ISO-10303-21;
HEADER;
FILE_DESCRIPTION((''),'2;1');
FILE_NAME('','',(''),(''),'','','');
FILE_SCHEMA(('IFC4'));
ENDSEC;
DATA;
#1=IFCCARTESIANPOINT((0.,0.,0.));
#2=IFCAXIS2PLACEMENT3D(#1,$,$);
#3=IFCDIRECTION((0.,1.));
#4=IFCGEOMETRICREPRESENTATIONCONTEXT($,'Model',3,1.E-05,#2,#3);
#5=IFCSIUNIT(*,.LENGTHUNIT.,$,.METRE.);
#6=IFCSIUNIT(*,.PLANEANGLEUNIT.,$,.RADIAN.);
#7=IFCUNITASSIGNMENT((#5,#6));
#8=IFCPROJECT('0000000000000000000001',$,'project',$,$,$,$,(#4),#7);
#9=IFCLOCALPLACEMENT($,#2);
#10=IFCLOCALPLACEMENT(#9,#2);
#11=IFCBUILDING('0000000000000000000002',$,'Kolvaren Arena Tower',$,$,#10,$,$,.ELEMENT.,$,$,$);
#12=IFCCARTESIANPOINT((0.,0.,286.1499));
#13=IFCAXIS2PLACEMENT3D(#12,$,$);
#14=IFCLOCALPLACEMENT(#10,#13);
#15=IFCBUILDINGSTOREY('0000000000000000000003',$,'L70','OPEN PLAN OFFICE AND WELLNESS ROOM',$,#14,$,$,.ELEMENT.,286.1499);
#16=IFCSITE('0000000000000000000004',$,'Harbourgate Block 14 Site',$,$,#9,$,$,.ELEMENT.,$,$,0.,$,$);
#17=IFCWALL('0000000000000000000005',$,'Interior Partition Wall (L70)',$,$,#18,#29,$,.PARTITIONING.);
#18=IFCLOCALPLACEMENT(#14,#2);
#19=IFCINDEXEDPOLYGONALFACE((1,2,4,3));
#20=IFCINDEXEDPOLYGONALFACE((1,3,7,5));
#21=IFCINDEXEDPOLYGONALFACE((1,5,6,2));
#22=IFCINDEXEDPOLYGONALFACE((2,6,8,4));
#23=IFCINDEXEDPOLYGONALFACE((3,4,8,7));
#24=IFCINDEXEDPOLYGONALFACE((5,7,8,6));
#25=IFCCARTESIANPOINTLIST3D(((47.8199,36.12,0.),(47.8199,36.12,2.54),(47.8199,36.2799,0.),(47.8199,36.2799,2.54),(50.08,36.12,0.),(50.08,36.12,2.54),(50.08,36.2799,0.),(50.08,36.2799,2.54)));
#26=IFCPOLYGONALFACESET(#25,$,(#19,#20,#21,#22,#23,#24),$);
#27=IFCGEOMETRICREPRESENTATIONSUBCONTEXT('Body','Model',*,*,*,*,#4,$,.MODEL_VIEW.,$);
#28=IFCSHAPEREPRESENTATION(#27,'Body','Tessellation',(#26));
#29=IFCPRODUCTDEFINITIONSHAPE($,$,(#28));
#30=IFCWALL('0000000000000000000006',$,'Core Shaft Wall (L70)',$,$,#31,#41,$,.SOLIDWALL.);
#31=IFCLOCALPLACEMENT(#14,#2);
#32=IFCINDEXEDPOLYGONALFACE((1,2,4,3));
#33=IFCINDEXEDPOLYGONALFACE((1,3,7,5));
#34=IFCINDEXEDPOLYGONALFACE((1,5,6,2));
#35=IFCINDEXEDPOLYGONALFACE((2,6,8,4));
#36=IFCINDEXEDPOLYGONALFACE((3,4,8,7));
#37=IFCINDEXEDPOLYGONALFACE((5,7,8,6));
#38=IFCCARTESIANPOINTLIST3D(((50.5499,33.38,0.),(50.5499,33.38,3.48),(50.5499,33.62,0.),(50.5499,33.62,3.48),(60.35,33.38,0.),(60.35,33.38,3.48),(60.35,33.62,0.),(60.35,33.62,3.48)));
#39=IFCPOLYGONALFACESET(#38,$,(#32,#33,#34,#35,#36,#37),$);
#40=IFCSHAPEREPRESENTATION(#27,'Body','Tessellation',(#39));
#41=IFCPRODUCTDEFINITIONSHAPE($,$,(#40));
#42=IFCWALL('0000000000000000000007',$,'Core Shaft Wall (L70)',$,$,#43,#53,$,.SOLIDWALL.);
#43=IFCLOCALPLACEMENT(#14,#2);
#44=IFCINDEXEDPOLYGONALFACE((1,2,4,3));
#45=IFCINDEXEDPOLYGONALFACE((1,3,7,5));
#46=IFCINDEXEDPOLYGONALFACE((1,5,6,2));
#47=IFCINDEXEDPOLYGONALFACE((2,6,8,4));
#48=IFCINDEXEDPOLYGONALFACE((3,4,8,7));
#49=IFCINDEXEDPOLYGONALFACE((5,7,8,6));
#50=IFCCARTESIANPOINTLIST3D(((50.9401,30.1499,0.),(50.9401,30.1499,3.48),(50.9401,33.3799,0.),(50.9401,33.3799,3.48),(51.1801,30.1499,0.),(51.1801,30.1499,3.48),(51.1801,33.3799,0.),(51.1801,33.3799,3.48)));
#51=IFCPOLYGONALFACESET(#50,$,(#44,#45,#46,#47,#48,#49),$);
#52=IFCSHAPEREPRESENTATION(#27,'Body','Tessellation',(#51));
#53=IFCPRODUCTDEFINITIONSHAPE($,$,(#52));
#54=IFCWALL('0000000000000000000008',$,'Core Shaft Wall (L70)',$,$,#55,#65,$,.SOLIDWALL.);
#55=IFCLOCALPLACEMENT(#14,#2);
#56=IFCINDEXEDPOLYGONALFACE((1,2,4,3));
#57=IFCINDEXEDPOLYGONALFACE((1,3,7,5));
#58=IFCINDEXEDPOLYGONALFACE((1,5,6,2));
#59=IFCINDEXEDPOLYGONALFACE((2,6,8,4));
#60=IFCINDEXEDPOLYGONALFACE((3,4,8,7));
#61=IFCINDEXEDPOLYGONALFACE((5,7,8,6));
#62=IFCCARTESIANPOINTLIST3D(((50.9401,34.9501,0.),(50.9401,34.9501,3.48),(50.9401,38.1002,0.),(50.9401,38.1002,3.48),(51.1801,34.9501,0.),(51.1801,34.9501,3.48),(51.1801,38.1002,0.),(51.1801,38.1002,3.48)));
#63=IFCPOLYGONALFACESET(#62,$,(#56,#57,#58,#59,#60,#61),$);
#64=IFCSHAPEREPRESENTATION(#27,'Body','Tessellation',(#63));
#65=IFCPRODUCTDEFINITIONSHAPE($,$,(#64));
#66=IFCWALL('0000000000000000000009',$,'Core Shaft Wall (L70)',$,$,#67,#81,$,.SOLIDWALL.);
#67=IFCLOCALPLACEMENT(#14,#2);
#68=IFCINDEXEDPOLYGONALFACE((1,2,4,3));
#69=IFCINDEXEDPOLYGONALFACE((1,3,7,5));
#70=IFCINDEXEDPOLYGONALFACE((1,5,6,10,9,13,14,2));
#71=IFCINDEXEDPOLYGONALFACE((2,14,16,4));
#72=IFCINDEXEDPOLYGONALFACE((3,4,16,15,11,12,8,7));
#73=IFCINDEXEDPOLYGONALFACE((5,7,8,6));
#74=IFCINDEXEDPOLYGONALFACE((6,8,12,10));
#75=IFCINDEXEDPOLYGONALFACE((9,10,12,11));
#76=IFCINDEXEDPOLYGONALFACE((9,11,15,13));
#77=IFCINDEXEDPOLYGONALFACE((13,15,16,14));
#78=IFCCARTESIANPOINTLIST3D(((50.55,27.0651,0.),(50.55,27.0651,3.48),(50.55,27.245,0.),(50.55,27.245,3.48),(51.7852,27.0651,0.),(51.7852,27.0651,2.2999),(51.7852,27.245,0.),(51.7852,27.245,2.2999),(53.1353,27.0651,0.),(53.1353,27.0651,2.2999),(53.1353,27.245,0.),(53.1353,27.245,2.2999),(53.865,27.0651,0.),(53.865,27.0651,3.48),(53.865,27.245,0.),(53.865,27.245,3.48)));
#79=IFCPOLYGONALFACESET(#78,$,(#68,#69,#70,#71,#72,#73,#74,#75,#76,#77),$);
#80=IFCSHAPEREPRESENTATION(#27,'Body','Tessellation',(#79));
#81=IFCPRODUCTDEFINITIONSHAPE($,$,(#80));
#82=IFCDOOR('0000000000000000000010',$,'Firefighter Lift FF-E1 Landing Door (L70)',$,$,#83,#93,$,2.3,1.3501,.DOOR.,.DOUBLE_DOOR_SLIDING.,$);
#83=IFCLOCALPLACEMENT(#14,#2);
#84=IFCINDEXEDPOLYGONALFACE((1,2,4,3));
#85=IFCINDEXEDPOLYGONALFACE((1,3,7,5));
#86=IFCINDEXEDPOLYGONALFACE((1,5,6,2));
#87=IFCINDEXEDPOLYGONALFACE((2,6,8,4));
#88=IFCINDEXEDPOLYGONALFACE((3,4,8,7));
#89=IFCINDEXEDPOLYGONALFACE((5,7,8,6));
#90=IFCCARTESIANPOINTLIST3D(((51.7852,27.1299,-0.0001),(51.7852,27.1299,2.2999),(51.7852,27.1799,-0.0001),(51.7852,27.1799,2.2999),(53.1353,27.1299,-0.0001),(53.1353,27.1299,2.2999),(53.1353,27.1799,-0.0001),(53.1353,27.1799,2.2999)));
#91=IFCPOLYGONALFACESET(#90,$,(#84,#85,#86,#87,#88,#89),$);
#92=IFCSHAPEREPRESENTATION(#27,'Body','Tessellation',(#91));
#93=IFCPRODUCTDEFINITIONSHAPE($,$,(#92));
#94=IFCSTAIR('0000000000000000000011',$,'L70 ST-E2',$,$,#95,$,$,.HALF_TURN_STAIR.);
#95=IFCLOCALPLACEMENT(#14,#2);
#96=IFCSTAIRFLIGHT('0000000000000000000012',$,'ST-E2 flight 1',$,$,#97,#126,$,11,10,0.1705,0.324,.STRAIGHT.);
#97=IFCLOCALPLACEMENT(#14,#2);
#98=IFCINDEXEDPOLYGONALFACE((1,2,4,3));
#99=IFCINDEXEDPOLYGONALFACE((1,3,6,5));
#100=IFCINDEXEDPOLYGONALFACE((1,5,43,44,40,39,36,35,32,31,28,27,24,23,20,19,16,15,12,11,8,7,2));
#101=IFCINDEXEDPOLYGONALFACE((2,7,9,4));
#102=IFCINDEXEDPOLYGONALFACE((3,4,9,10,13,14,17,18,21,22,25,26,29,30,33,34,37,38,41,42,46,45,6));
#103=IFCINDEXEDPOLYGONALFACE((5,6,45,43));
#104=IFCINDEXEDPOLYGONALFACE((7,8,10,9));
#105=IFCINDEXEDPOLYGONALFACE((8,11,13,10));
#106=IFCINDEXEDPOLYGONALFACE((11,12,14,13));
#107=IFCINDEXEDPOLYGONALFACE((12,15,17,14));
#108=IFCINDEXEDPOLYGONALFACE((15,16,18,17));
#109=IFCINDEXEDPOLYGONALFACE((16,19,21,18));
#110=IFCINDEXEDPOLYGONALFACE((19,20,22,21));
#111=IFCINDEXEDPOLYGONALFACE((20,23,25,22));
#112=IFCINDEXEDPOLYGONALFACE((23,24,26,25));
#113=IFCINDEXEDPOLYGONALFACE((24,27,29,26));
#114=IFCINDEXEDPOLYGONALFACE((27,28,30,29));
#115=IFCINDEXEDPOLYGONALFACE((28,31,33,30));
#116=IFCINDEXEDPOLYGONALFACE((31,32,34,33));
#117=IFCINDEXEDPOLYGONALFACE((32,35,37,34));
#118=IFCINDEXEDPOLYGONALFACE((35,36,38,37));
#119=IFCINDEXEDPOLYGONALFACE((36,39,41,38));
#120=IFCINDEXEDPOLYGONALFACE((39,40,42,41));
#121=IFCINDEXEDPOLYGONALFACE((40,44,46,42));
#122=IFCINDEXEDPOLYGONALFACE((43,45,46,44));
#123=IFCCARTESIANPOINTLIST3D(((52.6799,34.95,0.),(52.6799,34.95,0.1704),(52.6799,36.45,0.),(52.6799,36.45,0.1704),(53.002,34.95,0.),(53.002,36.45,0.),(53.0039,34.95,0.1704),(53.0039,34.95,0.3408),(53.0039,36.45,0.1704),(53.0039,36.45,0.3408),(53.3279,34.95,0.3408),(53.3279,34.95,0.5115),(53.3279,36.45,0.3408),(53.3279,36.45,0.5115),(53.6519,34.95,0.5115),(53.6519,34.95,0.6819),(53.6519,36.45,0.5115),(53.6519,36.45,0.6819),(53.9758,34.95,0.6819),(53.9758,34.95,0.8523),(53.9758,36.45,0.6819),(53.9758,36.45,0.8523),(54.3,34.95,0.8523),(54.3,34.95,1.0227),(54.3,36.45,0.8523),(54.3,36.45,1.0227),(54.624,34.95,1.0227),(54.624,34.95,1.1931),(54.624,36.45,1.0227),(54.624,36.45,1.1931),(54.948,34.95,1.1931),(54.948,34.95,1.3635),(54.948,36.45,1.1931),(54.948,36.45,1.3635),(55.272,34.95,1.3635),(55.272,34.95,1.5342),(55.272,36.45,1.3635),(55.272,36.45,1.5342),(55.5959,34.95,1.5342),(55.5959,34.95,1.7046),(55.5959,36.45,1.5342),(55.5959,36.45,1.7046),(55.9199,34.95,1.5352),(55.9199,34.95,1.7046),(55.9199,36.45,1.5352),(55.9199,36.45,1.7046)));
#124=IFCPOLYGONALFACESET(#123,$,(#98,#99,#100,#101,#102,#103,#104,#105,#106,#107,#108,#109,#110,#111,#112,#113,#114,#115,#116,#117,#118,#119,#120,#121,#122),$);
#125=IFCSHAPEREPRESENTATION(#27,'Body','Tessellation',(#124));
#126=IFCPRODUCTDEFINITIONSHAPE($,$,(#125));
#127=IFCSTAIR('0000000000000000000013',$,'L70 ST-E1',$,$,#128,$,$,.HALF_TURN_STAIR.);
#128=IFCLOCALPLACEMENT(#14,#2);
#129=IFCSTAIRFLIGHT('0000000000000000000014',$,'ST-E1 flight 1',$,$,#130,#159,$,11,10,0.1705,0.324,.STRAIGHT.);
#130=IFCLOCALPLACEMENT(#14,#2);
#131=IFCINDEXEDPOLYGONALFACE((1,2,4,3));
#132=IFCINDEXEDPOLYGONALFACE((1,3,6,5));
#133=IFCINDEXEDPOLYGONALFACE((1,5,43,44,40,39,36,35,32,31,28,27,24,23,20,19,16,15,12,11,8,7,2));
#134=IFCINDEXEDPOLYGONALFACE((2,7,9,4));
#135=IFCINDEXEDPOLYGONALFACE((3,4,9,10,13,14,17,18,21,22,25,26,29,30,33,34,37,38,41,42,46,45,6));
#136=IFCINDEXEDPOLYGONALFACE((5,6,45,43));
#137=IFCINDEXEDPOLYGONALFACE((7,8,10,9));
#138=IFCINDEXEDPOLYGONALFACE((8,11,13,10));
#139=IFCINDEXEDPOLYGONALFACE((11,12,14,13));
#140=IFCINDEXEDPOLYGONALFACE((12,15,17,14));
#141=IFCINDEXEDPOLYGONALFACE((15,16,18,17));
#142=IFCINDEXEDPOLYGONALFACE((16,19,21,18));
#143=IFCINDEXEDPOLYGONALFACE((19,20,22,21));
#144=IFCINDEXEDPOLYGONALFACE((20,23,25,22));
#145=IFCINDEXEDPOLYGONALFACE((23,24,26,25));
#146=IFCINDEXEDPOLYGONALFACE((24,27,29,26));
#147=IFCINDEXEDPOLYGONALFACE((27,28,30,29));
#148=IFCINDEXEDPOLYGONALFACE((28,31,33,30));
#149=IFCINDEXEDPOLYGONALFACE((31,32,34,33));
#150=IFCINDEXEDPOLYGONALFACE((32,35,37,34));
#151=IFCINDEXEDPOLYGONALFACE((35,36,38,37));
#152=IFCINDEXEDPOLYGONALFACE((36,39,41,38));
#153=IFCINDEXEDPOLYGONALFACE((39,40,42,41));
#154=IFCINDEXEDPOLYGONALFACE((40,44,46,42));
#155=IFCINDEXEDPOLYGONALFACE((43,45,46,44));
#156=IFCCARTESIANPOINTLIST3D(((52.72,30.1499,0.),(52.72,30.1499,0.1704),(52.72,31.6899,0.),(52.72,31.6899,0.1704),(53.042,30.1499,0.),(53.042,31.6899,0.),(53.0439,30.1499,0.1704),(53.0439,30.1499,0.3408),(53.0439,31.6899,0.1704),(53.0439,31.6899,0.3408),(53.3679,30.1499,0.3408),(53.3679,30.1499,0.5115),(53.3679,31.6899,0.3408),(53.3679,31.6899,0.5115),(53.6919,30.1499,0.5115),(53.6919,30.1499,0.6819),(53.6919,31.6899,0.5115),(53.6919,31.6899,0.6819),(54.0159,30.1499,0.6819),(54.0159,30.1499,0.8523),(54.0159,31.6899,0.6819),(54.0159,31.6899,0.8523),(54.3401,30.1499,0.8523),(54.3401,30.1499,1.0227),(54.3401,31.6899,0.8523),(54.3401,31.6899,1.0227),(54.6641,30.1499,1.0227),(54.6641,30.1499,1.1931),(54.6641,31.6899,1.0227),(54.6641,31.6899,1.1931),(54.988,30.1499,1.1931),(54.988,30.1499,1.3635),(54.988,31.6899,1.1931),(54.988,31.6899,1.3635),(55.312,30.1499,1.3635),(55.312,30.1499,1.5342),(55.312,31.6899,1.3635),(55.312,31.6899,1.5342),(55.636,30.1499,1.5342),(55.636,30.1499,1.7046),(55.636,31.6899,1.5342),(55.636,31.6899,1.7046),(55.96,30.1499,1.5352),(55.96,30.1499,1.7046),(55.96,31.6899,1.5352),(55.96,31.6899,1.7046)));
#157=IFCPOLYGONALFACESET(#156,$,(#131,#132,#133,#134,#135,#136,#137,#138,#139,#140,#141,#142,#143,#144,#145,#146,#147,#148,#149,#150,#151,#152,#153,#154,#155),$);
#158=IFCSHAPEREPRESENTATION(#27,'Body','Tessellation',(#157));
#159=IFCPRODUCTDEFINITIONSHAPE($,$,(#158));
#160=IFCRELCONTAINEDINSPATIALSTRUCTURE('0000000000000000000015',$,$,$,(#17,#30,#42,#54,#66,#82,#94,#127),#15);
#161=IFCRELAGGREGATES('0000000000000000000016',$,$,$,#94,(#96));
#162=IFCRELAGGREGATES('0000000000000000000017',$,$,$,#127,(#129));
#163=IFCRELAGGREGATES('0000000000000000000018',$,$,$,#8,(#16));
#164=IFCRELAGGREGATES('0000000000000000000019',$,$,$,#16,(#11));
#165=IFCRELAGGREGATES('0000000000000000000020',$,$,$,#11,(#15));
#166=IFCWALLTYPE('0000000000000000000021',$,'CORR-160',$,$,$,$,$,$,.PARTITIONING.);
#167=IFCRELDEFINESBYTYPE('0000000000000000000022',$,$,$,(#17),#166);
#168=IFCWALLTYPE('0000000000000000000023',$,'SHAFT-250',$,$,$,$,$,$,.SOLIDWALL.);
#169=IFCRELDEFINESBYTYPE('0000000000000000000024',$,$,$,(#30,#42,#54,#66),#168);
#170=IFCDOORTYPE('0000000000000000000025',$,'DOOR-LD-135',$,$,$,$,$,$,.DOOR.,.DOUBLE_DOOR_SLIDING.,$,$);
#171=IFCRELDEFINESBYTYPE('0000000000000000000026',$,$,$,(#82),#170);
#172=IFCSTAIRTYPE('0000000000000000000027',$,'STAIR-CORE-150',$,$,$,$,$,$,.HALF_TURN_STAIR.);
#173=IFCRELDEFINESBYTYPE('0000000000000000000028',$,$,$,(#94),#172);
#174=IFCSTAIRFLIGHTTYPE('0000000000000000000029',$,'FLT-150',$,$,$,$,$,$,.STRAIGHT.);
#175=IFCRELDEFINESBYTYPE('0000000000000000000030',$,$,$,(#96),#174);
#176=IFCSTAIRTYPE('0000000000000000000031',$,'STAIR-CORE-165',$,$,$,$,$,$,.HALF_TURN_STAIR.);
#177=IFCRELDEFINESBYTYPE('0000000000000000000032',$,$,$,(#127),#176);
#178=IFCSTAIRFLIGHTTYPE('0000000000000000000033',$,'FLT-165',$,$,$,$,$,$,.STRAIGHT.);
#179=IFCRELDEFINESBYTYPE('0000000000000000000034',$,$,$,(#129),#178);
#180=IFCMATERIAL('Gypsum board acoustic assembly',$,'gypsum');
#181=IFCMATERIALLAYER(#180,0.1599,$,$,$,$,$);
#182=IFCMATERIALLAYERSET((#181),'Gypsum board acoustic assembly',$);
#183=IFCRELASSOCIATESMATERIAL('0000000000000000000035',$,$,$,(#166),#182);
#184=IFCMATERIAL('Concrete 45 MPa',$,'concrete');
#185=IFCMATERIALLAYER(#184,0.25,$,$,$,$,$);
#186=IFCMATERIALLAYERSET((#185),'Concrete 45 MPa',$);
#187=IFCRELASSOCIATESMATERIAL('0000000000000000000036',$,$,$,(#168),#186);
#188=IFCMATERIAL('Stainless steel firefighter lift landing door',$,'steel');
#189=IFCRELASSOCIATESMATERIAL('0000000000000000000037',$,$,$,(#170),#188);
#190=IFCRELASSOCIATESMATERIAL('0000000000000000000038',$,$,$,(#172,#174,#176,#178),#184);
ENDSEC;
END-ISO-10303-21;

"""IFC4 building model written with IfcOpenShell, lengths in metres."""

from ifc_helpers import new_model, si_unit, direction, frame, frame_2d, origin, place, context, subcontext, project, spatial, polyline, rectangle, outline, extrude, material, layer, layer_set, type_object, element, fill, aggregate, save


model = new_model("IFC4")

# Units and contexts
model_context = context("Model", 3, precision=1e-05, world=origin(), true_north=direction((0.0, 1.0)))
body_context = subcontext(model_context, "Body", "Model", "MODEL_VIEW")
ifc_project = project(units=[si_unit("LENGTHUNIT", "METRE"), si_unit("PLANEANGLEUNIT", "RADIAN")], contexts=[model_context])

# Site, building, storey
site_placement = place(None, origin())
site = spatial("IfcSite", under=ifc_project, at=site_placement, Name="Harbourgate Block 14 Site", CompositionType="ELEMENT", RefElevation=0.0)
building_placement = place(site_placement, origin())
building = spatial("IfcBuilding", under=site, at=building_placement, Name="Kolvaren Arena Tower", CompositionType="ELEMENT")
storey_placement = place(building_placement, frame((0.0, 0.0, 286.1499)))
storey = spatial("IfcBuildingStorey", under=building, at=storey_placement, Name="L70", Description="OPEN PLAN OFFICE AND WELLNESS ROOM", CompositionType="ELEMENT", Elevation=286.1499)

# Walls
ifc_material_1 = material(Name="Gypsum board acoustic assembly", Category="gypsum")
ifc_layer_1 = layer(ifc_material_1, 0.1599)
ifc_layer_set_1 = layer_set([ifc_layer_1], Name="Gypsum board acoustic assembly")
wall_type_1 = type_object("IfcWallType", Name="CORR-160", PredefinedType="PARTITIONING", material=ifc_layer_set_1)
wall_1_placement = place(storey_placement, frame((47.8201, 36.2, 0.0), z_axis=(0.0, 0.0, 1.0), x_axis=(1.0, 0.0, 0.0)))
element("IfcWall", 1, at=wall_1_placement, inside=storey, type_object=wall_type_1, Name="Interior Partition Wall (L70)", PredefinedType="PARTITIONING", context=body_context, shape_type="SweptSolid", body=[
    extrude(rectangle(XDim=2.26, YDim=0.1599, at=frame_2d((1.1299, 0.0))), origin(), (0.0, 0.0, 1.0), 2.54),
])
ifc_material_2 = material(Name="Concrete 45 MPa", Category="concrete")
ifc_layer_2 = layer(ifc_material_2, 0.25)
ifc_layer_set_2 = layer_set([ifc_layer_2], Name="Concrete 45 MPa")
wall_type_2 = type_object("IfcWallType", Name="SHAFT-250", PredefinedType="SOLIDWALL", material=ifc_layer_set_2)
wall_2_placement = place(storey_placement, frame((50.55, 33.5, 0.0), z_axis=(0.0, 0.0, 1.0), x_axis=(1.0, 0.0, 0.0)))
element("IfcWall", 2, at=wall_2_placement, inside=storey, type_object=wall_type_2, Name="Core Shaft Wall (L70)", PredefinedType="SOLIDWALL", context=body_context, shape_type="SweptSolid", body=[
    extrude(rectangle(XDim=9.8, YDim=0.24, at=frame_2d((4.8999, 0.0))), origin(), (0.0, 0.0, 1.0), 3.48),
])
wall_3_placement = place(storey_placement, frame((51.0601, 30.1499, 0.0), z_axis=(0.0, 0.0, 1.0), x_axis=(0.0, 1.0, 0.0)))
element("IfcWall", 3, at=wall_3_placement, inside=storey, type_object=wall_type_2, Name="Core Shaft Wall (L70)", PredefinedType="SOLIDWALL", context=body_context, shape_type="SweptSolid", body=[
    extrude(rectangle(XDim=3.23, YDim=0.24, at=frame_2d((1.615, 0.0))), origin(), (0.0, 0.0, 1.0), 3.48),
])
wall_4_placement = place(storey_placement, frame((51.0601, 34.95, 0.0), z_axis=(0.0, 0.0, 1.0), x_axis=(0.0, 1.0, 0.0)))
element("IfcWall", 4, at=wall_4_placement, inside=storey, type_object=wall_type_2, Name="Core Shaft Wall (L70)", PredefinedType="SOLIDWALL", context=body_context, shape_type="SweptSolid", body=[
    extrude(rectangle(XDim=3.1501, YDim=0.24, at=frame_2d((1.5752, 0.0))), origin(), (0.0, 0.0, 1.0), 3.48),
])

# Wall, opening, door
wall_5_placement = place(storey_placement, frame((50.55, 27.155, 0.0), z_axis=(0.0, 0.0, 1.0), x_axis=(1.0, 0.0, 0.0)))
wall_5 = element("IfcWall", 5, at=wall_5_placement, inside=storey, type_object=wall_type_2, Name="Core Shaft Wall (L70)", PredefinedType="SOLIDWALL", context=body_context, shape_type="SweptSolid", body=[
    extrude(rectangle(XDim=3.3149, YDim=0.1799, at=frame_2d((1.6575, 0.0))), origin(), (0.0, 0.0, 1.0), 3.48),
])
opening_placement = place(wall_5_placement, frame((1.2351, 0.0, 0.0)))
opening = element("IfcOpeningElement", 6, at=opening_placement, cuts=wall_5, PredefinedType="OPENING", context=body_context, shape_type="SweptSolid", body=[
    extrude(rectangle(XDim=1.3501, YDim=2.3, at=frame_2d((0.675, 1.1499))), frame((0.0, 0.0999, 0.0), z_axis=(0.0, -1.0, 0.0), x_axis=(1.0, 0.0, 0.0)), (0.0, 0.0, 1.0), 0.2),
])
ifc_material_3 = material(Name="Stainless steel firefighter lift landing door", Category="steel")
door_type = type_object("IfcDoorType", Name="DOOR-LD-135", OperationType="DOUBLE_DOOR_SLIDING", PredefinedType="DOOR", material=ifc_material_3)
door_placement = place(opening_placement, origin())
door = element("IfcDoor", 7, at=door_placement, inside=storey, type_object=door_type, Name="Firefighter Lift FF-E1 Landing Door (L70)", OperationType="DOUBLE_DOOR_SLIDING", OverallHeight=2.3, OverallWidth=1.3501, PredefinedType="DOOR", context=body_context, shape_type="SweptSolid", body=[
    extrude(rectangle(XDim=1.3501, YDim=2.3, at=frame_2d((0.675, 1.1499))), frame((0.0, 0.0249, 0.0), z_axis=(0.0, -1.0, 0.0), x_axis=(1.0, 0.0, 0.0)), (0.0, 0.0, 1.0), 0.05),
])
fill(opening, door)

# Stairs, stair flights
stair_type_1 = type_object("IfcStairType", Name="STAIR-CORE-150", PredefinedType="HALF_TURN_STAIR", material=ifc_material_2)
stair_1_placement = place(storey_placement, origin())
stair_1 = element("IfcStair", 8, at=stair_1_placement, inside=storey, type_object=stair_type_1, Name="L70 ST-E2", PredefinedType="HALF_TURN_STAIR")
stair_flight_type_1 = type_object("IfcStairFlightType", Name="FLT-150", PredefinedType="STRAIGHT", material=ifc_material_2)
stair_flight_1_placement = place(storey_placement, frame((52.6799, 35.7, 0.0), z_axis=(0.0, 0.0, 1.0), x_axis=(1.0, 0.0, 0.0)))
stair_flight_1 = element("IfcStairFlight", 9, at=stair_flight_1_placement, type_object=stair_flight_type_1, Name="ST-E2 flight 1", NumberOfRisers=11, NumberOfTreads=10, PredefinedType="STRAIGHT", RiserHeight=0.1705, TreadLength=0.324, context=body_context, shape_type="SweptSolid", body=[
    extrude(outline(polyline([(0.0, 0.0), (0.0, 0.1704), (0.324, 0.1704), (0.324, 0.3408), (0.6479, 0.3408), (0.6479, 0.5115), (0.9719, 0.5115), (0.9719, 0.6819), (1.2959, 0.6819), (1.2959, 0.8523), (1.6201, 0.8523), (1.6201, 1.0227), (1.9441, 1.0227), (1.9441, 1.1931), (2.2681, 1.1931), (2.2681, 1.3635), (2.592, 1.3635), (2.592, 1.5342), (2.916, 1.5342), (2.916, 1.7046), (3.24, 1.7046), (3.24, 1.875), (3.24, 1.5352), (0.322, 0.0), (0.0, 0.0)])), frame((0.0, 0.75, 0.0), z_axis=(0.0, -1.0, 0.0), x_axis=(1.0, 0.0, 0.0)), (0.0, 0.0, 1.0), 1.5),
])
aggregate(stair_1, [stair_flight_1])
stair_type_2 = type_object("IfcStairType", Name="STAIR-CORE-165", PredefinedType="HALF_TURN_STAIR", material=ifc_material_2)
stair_2_placement = place(storey_placement, origin())
stair_2 = element("IfcStair", 10, at=stair_2_placement, inside=storey, type_object=stair_type_2, Name="L70 ST-E1", PredefinedType="HALF_TURN_STAIR")
stair_flight_type_2 = type_object("IfcStairFlightType", Name="FLT-165", PredefinedType="STRAIGHT", material=ifc_material_2)
stair_flight_2_placement = place(storey_placement, frame((52.72, 30.9199, 0.0), z_axis=(0.0, 0.0, 1.0), x_axis=(1.0, 0.0, 0.0)))
stair_flight_2 = element("IfcStairFlight", 11, at=stair_flight_2_placement, type_object=stair_flight_type_2, Name="ST-E1 flight 1", NumberOfRisers=11, NumberOfTreads=10, PredefinedType="STRAIGHT", RiserHeight=0.1705, TreadLength=0.324, context=body_context, shape_type="SweptSolid", body=[
    extrude(outline(polyline([(0.0, 0.0), (0.0, 0.1704), (0.324, 0.1704), (0.324, 0.3408), (0.6479, 0.3408), (0.6479, 0.5115), (0.9719, 0.5115), (0.9719, 0.6819), (1.2959, 0.6819), (1.2959, 0.8523), (1.6201, 0.8523), (1.6201, 1.0227), (1.9441, 1.0227), (1.9441, 1.1931), (2.2681, 1.1931), (2.2681, 1.3635), (2.592, 1.3635), (2.592, 1.5342), (2.916, 1.5342), (2.916, 1.7046), (3.24, 1.7046), (3.24, 1.875), (3.24, 1.5352), (0.322, 0.0), (0.0, 0.0)])), frame((0.0, 0.77, 0.0), z_axis=(0.0, -1.0, 0.0), x_axis=(1.0, 0.0, 0.0)), (0.0, 0.0, 1.0), 1.54),
])
aggregate(stair_2, [stair_flight_2])

save(model, "model.ifc")
